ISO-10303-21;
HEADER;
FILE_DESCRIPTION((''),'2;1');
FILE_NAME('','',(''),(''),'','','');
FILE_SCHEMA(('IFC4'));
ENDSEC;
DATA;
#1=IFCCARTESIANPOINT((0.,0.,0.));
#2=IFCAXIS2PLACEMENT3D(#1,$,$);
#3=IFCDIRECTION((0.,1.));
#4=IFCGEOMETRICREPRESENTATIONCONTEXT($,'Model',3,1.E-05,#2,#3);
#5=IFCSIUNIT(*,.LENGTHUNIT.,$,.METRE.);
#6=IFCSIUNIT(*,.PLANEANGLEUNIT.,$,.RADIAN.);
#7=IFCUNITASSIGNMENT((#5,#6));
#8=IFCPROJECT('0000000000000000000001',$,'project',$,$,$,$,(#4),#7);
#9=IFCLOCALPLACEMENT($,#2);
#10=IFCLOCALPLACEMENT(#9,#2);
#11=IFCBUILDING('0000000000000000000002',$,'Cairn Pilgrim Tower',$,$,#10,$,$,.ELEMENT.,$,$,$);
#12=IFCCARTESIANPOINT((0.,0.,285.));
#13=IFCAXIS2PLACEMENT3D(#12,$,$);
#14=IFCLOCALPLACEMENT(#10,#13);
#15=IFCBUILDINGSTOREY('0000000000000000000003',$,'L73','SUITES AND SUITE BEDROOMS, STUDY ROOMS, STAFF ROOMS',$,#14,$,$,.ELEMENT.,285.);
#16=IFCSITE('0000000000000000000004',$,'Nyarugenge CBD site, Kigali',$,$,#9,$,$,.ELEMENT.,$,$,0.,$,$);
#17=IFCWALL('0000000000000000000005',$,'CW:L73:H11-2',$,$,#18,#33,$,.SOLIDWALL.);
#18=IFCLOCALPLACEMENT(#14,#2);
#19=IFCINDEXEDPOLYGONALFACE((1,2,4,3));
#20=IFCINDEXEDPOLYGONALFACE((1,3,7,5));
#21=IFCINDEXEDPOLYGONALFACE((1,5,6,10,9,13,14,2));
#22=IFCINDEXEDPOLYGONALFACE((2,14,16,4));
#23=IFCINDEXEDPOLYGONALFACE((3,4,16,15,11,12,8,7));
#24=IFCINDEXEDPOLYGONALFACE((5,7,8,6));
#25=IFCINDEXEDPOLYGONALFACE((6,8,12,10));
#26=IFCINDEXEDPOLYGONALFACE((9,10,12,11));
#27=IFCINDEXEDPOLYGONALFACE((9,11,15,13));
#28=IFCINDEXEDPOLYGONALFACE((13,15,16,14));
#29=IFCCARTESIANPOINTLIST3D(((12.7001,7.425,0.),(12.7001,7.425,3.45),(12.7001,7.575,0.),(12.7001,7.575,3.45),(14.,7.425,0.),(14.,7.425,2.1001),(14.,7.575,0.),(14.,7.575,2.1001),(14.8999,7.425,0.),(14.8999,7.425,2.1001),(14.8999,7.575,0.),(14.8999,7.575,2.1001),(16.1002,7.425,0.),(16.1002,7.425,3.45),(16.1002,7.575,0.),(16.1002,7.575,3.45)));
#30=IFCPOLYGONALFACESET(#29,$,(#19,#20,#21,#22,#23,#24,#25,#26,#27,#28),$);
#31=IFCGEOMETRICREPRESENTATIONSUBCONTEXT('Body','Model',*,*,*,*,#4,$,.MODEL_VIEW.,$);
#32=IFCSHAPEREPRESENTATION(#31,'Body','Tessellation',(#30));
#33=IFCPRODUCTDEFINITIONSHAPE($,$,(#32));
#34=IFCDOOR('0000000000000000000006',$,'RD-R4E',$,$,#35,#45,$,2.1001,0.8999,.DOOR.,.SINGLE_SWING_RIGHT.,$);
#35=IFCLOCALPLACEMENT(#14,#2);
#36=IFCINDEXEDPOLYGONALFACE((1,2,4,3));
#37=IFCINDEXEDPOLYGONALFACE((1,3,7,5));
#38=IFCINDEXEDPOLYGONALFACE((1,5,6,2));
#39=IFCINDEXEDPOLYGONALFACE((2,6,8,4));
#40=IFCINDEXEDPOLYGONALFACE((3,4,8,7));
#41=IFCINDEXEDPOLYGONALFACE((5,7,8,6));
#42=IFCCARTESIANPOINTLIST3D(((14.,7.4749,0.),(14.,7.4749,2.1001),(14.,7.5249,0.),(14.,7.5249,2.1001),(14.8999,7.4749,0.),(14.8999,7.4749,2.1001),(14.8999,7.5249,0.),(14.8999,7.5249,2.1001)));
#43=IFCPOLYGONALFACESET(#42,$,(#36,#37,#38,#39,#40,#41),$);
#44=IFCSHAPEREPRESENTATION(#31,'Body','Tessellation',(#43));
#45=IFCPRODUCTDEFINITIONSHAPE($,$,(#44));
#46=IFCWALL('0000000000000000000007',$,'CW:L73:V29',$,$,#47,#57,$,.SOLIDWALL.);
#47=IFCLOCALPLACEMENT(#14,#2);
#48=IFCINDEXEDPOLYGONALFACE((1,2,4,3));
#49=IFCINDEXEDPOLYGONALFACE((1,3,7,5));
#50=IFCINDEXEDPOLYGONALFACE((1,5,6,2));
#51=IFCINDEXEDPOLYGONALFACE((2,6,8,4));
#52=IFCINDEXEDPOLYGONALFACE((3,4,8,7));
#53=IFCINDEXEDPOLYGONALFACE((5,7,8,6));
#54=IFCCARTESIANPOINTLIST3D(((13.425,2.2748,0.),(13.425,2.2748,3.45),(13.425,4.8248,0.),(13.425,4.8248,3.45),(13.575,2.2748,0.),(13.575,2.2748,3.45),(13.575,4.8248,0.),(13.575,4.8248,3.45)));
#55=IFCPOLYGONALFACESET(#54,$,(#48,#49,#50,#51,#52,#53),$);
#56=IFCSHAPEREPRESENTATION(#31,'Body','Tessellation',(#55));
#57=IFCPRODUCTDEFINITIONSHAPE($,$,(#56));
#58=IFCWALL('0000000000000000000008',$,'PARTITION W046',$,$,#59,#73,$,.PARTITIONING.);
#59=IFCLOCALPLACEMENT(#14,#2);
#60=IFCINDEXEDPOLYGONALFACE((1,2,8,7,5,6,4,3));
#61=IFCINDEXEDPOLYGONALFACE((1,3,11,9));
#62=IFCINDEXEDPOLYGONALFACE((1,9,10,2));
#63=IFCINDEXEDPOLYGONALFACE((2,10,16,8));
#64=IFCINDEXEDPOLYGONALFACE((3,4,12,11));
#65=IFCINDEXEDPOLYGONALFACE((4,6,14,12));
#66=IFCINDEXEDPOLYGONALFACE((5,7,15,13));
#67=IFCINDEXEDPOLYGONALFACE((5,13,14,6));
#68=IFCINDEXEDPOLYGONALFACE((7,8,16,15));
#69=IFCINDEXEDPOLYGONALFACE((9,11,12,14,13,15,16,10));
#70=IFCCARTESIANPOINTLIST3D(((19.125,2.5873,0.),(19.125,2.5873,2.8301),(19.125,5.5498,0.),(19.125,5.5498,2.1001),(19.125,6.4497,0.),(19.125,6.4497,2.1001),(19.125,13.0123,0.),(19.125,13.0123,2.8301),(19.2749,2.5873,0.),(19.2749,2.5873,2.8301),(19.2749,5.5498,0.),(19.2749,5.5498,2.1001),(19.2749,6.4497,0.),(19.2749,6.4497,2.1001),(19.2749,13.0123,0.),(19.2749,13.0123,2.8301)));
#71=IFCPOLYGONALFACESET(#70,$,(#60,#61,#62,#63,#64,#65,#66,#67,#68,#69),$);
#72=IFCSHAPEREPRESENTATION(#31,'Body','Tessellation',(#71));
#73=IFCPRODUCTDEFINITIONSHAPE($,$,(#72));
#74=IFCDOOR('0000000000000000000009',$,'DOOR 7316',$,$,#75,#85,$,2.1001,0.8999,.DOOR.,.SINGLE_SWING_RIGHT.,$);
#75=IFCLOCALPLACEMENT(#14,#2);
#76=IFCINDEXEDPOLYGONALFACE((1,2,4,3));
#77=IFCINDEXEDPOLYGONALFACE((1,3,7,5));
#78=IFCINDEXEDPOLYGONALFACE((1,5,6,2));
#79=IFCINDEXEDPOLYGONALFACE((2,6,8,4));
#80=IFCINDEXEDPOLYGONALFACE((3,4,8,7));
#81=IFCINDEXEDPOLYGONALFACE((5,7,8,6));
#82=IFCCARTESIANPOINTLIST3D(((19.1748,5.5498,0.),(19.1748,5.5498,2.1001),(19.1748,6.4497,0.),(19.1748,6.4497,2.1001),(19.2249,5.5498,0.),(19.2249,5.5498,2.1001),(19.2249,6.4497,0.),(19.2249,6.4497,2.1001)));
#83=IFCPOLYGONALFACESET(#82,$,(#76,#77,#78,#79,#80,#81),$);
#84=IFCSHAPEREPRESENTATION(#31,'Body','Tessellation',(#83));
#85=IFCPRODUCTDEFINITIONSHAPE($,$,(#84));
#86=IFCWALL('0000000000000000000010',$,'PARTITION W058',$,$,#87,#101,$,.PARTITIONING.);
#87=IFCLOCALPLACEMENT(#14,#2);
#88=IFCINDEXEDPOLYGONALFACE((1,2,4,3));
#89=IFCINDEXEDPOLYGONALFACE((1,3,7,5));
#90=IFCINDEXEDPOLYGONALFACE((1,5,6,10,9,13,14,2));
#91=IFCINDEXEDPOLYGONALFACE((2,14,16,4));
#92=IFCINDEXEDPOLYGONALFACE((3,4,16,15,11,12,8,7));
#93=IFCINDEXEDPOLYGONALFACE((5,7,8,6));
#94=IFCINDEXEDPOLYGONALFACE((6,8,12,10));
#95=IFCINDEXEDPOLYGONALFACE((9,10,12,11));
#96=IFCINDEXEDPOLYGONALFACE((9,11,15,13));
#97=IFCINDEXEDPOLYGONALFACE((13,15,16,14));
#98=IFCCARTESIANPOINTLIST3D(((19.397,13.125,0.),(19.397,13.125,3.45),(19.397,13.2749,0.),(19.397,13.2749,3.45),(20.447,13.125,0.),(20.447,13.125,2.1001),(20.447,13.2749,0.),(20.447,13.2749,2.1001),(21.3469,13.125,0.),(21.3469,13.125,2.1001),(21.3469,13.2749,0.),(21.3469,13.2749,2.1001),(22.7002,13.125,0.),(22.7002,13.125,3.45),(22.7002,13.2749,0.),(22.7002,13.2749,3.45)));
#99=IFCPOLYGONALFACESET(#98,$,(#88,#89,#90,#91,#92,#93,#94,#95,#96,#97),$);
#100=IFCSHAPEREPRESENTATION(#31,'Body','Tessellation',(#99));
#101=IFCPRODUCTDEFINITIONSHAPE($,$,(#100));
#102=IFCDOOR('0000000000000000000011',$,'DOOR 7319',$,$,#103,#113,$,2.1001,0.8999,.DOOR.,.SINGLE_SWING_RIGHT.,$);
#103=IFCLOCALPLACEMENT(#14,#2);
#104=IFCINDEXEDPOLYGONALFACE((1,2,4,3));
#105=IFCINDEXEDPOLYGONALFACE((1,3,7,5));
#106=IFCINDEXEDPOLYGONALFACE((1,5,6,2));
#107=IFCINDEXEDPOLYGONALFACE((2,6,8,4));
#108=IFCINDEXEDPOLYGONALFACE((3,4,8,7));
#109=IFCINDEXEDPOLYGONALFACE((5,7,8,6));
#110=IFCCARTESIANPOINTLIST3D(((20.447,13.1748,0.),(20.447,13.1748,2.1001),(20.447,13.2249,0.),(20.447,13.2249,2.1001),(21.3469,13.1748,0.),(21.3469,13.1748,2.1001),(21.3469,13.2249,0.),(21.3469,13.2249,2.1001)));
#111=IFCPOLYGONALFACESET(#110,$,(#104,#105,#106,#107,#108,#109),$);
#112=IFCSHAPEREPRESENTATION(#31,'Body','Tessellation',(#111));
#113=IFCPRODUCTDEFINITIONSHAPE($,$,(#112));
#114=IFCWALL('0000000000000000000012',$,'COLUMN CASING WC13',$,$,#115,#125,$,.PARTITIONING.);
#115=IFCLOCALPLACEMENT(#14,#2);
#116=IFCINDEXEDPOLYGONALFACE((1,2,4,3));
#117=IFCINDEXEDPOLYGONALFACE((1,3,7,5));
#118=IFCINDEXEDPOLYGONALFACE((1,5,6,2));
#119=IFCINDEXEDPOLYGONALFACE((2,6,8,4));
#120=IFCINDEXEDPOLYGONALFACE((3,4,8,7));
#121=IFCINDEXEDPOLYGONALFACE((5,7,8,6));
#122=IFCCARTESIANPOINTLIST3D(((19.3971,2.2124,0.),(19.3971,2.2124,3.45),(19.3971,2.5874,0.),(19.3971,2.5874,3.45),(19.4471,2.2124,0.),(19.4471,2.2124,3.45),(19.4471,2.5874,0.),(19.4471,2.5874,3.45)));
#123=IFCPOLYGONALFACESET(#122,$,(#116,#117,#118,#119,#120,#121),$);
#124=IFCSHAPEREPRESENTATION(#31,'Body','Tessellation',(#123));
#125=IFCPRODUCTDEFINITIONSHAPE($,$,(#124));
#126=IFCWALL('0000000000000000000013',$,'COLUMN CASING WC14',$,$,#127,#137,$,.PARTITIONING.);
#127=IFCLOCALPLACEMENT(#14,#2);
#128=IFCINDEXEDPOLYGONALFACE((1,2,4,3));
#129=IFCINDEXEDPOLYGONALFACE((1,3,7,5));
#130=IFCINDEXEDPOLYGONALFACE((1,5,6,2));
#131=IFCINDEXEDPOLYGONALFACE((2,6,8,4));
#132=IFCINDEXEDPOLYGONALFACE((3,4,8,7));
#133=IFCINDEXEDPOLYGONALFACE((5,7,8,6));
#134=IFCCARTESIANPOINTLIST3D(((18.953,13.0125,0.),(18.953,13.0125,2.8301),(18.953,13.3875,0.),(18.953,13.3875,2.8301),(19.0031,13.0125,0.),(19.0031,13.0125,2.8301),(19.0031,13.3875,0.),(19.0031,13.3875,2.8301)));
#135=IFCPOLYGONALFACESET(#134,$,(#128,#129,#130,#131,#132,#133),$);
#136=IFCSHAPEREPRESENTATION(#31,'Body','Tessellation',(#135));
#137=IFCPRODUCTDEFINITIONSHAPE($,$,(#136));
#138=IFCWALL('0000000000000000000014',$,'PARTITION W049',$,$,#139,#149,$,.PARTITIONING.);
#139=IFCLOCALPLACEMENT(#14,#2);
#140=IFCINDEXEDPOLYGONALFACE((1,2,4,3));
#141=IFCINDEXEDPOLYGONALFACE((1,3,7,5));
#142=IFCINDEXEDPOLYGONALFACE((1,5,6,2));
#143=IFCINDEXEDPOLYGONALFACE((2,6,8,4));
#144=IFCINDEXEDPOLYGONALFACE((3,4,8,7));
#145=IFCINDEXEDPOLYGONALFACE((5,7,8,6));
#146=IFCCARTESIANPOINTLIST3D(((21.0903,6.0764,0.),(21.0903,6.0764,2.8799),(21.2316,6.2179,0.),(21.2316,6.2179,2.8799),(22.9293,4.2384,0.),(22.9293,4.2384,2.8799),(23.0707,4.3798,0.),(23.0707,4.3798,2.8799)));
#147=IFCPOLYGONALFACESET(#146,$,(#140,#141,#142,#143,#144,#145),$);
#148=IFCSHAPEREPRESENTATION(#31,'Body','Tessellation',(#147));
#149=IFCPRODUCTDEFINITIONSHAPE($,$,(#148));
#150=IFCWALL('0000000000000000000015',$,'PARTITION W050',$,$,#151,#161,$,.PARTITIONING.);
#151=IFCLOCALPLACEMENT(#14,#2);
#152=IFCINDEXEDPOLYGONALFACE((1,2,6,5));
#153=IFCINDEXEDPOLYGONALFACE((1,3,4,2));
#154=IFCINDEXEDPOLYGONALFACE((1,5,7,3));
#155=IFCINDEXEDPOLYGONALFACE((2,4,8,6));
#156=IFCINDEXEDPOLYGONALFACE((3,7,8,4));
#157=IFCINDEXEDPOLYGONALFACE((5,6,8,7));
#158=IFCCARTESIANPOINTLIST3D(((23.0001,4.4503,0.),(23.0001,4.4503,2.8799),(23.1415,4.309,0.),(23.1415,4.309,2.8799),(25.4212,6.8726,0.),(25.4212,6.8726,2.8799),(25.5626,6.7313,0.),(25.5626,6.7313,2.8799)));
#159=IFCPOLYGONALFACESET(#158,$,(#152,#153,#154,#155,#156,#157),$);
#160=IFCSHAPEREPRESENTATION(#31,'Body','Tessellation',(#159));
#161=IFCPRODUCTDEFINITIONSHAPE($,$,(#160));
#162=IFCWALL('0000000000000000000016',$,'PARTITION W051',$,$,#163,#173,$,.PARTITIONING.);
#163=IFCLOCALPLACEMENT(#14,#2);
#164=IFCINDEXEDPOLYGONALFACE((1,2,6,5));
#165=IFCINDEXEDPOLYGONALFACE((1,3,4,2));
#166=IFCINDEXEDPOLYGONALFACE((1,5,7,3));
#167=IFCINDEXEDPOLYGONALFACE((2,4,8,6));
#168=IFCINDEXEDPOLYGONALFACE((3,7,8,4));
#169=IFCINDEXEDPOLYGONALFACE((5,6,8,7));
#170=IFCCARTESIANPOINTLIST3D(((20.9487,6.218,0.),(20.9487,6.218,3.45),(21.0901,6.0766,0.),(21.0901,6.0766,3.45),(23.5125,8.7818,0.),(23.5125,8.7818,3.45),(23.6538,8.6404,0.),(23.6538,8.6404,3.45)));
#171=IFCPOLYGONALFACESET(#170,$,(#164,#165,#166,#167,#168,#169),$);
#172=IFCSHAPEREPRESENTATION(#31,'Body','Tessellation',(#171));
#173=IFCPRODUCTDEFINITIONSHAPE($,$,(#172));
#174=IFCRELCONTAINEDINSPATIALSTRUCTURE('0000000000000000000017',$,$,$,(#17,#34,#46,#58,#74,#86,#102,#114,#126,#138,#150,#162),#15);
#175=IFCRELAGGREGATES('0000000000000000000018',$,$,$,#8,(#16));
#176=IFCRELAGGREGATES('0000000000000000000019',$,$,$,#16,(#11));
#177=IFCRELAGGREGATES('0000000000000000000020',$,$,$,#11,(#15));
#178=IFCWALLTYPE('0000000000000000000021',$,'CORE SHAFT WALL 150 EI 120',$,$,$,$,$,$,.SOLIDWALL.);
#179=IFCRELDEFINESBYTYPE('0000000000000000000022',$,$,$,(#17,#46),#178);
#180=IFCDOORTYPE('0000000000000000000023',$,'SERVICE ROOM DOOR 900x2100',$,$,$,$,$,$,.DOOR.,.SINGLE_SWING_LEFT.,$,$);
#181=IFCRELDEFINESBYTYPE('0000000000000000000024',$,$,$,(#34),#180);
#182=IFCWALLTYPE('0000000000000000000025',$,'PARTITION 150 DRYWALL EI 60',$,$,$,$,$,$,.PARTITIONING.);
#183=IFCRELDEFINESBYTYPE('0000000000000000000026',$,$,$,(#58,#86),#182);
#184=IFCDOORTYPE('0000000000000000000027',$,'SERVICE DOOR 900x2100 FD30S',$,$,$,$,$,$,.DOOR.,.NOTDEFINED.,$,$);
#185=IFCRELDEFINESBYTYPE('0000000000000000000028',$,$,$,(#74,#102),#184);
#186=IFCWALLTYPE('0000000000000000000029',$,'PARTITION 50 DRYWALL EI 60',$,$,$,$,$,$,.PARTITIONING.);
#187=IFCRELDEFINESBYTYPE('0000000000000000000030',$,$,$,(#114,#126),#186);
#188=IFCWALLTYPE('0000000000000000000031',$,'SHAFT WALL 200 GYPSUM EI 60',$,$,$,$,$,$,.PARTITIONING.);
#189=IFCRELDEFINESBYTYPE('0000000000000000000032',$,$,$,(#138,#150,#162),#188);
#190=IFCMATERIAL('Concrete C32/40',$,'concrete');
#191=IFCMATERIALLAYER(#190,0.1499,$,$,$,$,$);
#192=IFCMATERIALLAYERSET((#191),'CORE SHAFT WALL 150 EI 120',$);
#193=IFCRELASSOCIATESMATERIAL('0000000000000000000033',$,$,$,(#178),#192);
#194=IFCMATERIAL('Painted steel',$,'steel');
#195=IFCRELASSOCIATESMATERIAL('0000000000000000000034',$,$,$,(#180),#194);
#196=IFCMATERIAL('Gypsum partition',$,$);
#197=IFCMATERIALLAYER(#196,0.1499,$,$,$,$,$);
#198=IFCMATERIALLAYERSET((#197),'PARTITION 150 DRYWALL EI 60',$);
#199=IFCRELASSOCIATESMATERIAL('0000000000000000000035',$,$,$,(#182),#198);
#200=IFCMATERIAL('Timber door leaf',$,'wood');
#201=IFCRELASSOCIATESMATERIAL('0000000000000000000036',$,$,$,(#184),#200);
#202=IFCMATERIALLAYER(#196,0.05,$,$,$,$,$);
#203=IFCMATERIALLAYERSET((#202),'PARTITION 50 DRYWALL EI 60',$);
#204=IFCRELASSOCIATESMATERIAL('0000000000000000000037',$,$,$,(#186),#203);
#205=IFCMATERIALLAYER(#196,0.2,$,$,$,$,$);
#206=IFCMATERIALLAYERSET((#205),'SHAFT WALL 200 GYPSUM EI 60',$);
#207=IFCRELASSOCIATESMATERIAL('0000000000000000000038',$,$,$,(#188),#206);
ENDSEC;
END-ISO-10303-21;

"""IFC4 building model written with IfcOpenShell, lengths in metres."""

from ifc_helpers import new_model, si_unit, direction, frame, frame_2d, origin, place, context, subcontext, project, spatial, rectangle, extrude, material, layer, layer_set, type_object, element, fill, save


model = new_model("IFC4")

# Units and contexts
model_context = context("Model", 3, precision=1e-05, world=origin(), true_north=direction((0.0, 1.0)))
body_context = subcontext(model_context, "Body", "Model", "MODEL_VIEW")
ifc_project = project(units=[si_unit("LENGTHUNIT", "METRE"), si_unit("PLANEANGLEUNIT", "RADIAN")], contexts=[model_context])

# Site, building, storey
site_placement = place(None, origin())
site = spatial("IfcSite", under=ifc_project, at=site_placement, Name="Nyarugenge CBD site, Kigali", CompositionType="ELEMENT", RefElevation=0.0)
building_placement = place(site_placement, origin())
building = spatial("IfcBuilding", under=site, at=building_placement, Name="Cairn Pilgrim Tower", CompositionType="ELEMENT")
storey_placement = place(building_placement, frame((0.0, 0.0, 285.0)))
storey = spatial("IfcBuildingStorey", under=building, at=storey_placement, Name="L73", Description="SUITES AND SUITE BEDROOMS, STUDY ROOMS, STAFF ROOMS", CompositionType="ELEMENT", Elevation=285.0)

# Shared definitions
ifc_material_1 = material(Name="Concrete C32/40", Category="concrete")

# Wall, opening, door
ifc_layer_1 = layer(ifc_material_1, 0.1499)
ifc_layer_set_1 = layer_set([ifc_layer_1], Name="CORE SHAFT WALL 150 EI 120")
wall_type_1 = type_object("IfcWallType", Name="CORE SHAFT WALL 150 EI 120", PredefinedType="SOLIDWALL", material=ifc_layer_set_1)
wall_1_placement = place(storey_placement, frame((12.7, 7.5, 0.0), z_axis=(0.0, 0.0, 1.0), x_axis=(1.0, 0.0, 0.0)))
wall_1 = element("IfcWall", 1, at=wall_1_placement, inside=storey, type_object=wall_type_1, Name="CW:L73:H11-2", PredefinedType="SOLIDWALL", context=body_context, shape_type="SweptSolid", body=[
    extrude(rectangle(XDim=3.4001, YDim=0.1499, at=frame_2d((1.7002, 0.0))), origin(), (0.0, 0.0, 1.0), 3.45),
])
opening_1_placement = place(wall_1_placement, frame((1.3, 0.0, 0.0)))
opening_1 = element("IfcOpeningElement", 2, at=opening_1_placement, cuts=wall_1, PredefinedType="OPENING", context=body_context, shape_type="SweptSolid", body=[
    extrude(rectangle(XDim=0.8999, YDim=2.1001, at=frame_2d((0.45, 1.05))), frame((0.0, 0.085, 0.0), z_axis=(0.0, -1.0, 0.0), x_axis=(1.0, 0.0, 0.0)), (0.0, 0.0, 1.0), 0.1699),
])
ifc_material_2 = material(Name="Painted steel", Category="steel")
door_type_1 = type_object("IfcDoorType", Name="SERVICE ROOM DOOR 900x2100", OperationType="SINGLE_SWING_LEFT", PredefinedType="DOOR", material=ifc_material_2)
door_1_placement = place(opening_1_placement, origin())
door_1 = element("IfcDoor", 3, at=door_1_placement, inside=storey, type_object=door_type_1, Name="RD-R4E", OperationType="SINGLE_SWING_RIGHT", OverallHeight=2.1001, OverallWidth=0.8999, PredefinedType="DOOR", context=body_context, shape_type="SweptSolid", body=[
    extrude(rectangle(XDim=0.8999, YDim=2.1001, at=frame_2d((0.45, 1.05))), frame((0.0, 0.0249, 0.0), z_axis=(0.0, -1.0, 0.0), x_axis=(1.0, 0.0, 0.0)), (0.0, 0.0, 1.0), 0.05),
])
fill(opening_1, door_1)

# Wall
wall_2_placement = place(storey_placement, frame((13.5, 2.2749, 0.0), z_axis=(0.0, 0.0, 1.0), x_axis=(0.0, 1.0, 0.0)))
element("IfcWall", 4, at=wall_2_placement, inside=storey, type_object=wall_type_1, Name="CW:L73:V29", PredefinedType="SOLIDWALL", context=body_context, shape_type="SweptSolid", body=[
    extrude(rectangle(XDim=2.55, YDim=0.1499, at=frame_2d((1.2749, 0.0))), origin(), (0.0, 0.0, 1.0), 3.45),
])

# Walls, openings, doors
ifc_material_3 = material(Name="Gypsum partition")
ifc_layer_2 = layer(ifc_material_3, 0.1499)
ifc_layer_set_2 = layer_set([ifc_layer_2], Name="PARTITION 150 DRYWALL EI 60")
wall_type_2 = type_object("IfcWallType", Name="PARTITION 150 DRYWALL EI 60", PredefinedType="PARTITIONING", material=ifc_layer_set_2)
wall_3_placement = place(storey_placement, frame((19.2, 2.5874, 0.0), z_axis=(0.0, 0.0, 1.0), x_axis=(0.0, 1.0, 0.0)))
wall_3 = element("IfcWall", 5, at=wall_3_placement, inside=storey, type_object=wall_type_2, Name="PARTITION W046", PredefinedType="PARTITIONING", context=body_context, shape_type="SweptSolid", body=[
    extrude(rectangle(XDim=10.425, YDim=0.1499, at=frame_2d((5.2124, 0.0))), origin(), (0.0, 0.0, 1.0), 2.8301),
])
opening_2_placement = place(wall_3_placement, frame((2.9624, 0.0, 0.0)))
opening_2 = element("IfcOpeningElement", 6, at=opening_2_placement, cuts=wall_3, PredefinedType="OPENING", context=body_context, shape_type="SweptSolid", body=[
    extrude(rectangle(XDim=0.8999, YDim=2.1001, at=frame_2d((0.45, 1.05))), frame((0.0, 0.085, 0.0), z_axis=(0.0, -1.0, 0.0), x_axis=(1.0, 0.0, 0.0)), (0.0, 0.0, 1.0), 0.1699),
])
ifc_material_4 = material(Name="Timber door leaf", Category="wood")
door_type_2 = type_object("IfcDoorType", Name="SERVICE DOOR 900x2100 FD30S", OperationType="NOTDEFINED", PredefinedType="DOOR", material=ifc_material_4)
door_2_placement = place(opening_2_placement, frame((0.8999, 0.0, 0.0), z_axis=(0.0, 0.0, 1.0), x_axis=(-1.0, 0.0, 0.0)))
door_2 = element("IfcDoor", 7, at=door_2_placement, inside=storey, type_object=door_type_2, Name="DOOR 7316", OperationType="SINGLE_SWING_RIGHT", OverallHeight=2.1001, OverallWidth=0.8999, PredefinedType="DOOR", context=body_context, shape_type="SweptSolid", body=[
    extrude(rectangle(XDim=0.8999, YDim=2.1001, at=frame_2d((0.45, 1.05))), frame((0.0, 0.0249, 0.0), z_axis=(0.0, -1.0, 0.0), x_axis=(1.0, 0.0, 0.0)), (0.0, 0.0, 1.0), 0.05),
])
fill(opening_2, door_2)
wall_4_placement = place(storey_placement, frame((19.397, 13.2, 0.0), z_axis=(0.0, 0.0, 1.0), x_axis=(1.0, 0.0, 0.0)))
wall_4 = element("IfcWall", 8, at=wall_4_placement, inside=storey, type_object=wall_type_2, Name="PARTITION W058", PredefinedType="PARTITIONING", context=body_context, shape_type="SweptSolid", body=[
    extrude(rectangle(XDim=3.3032, YDim=0.1499, at=frame_2d((1.6516, 0.0))), origin(), (0.0, 0.0, 1.0), 3.45),
])
opening_3_placement = place(wall_4_placement, frame((1.05, 0.0, 0.0)))
opening_3 = element("IfcOpeningElement", 9, at=opening_3_placement, cuts=wall_4, PredefinedType="OPENING", context=body_context, shape_type="SweptSolid", body=[
    extrude(rectangle(XDim=0.8999, YDim=2.1001, at=frame_2d((0.45, 1.05))), frame((0.0, 0.085, 0.0), z_axis=(0.0, -1.0, 0.0), x_axis=(1.0, 0.0, 0.0)), (0.0, 0.0, 1.0), 0.1699),
])
door_3_placement = place(opening_3_placement, origin())
door_3 = element("IfcDoor", 10, at=door_3_placement, inside=storey, type_object=door_type_2, Name="DOOR 7319", OperationType="SINGLE_SWING_RIGHT", OverallHeight=2.1001, OverallWidth=0.8999, PredefinedType="DOOR", context=body_context, shape_type="SweptSolid", body=[
    extrude(rectangle(XDim=0.8999, YDim=2.1001, at=frame_2d((0.45, 1.05))), frame((0.0, 0.0249, 0.0), z_axis=(0.0, -1.0, 0.0), x_axis=(1.0, 0.0, 0.0)), (0.0, 0.0, 1.0), 0.05),
])
fill(opening_3, door_3)

# Walls
ifc_layer_3 = layer(ifc_material_3, 0.05)
ifc_layer_set_3 = layer_set([ifc_layer_3], Name="PARTITION 50 DRYWALL EI 60")
wall_type_3 = type_object("IfcWallType", Name="PARTITION 50 DRYWALL EI 60", PredefinedType="PARTITIONING", material=ifc_layer_set_3)
wall_5_placement = place(storey_placement, frame((19.4221, 2.2124, 0.0), z_axis=(0.0, 0.0, 1.0), x_axis=(0.0, 1.0, 0.0)))
element("IfcWall", 11, at=wall_5_placement, inside=storey, type_object=wall_type_3, Name="COLUMN CASING WC13", PredefinedType="PARTITIONING", context=body_context, shape_type="SweptSolid", body=[
    extrude(rectangle(XDim=0.375, YDim=0.05, at=frame_2d((0.1875, 0.0))), origin(), (0.0, 0.0, 1.0), 3.45),
])
wall_6_placement = place(storey_placement, frame((18.978, 13.0125, 0.0), z_axis=(0.0, 0.0, 1.0), x_axis=(0.0, 1.0, 0.0)))
element("IfcWall", 12, at=wall_6_placement, inside=storey, type_object=wall_type_3, Name="COLUMN CASING WC14", PredefinedType="PARTITIONING", context=body_context, shape_type="SweptSolid", body=[
    extrude(rectangle(XDim=0.375, YDim=0.05, at=frame_2d((0.1875, 0.0))), origin(), (0.0, 0.0, 1.0), 2.8301),
])
ifc_layer_4 = layer(ifc_material_3, 0.2)
ifc_layer_set_4 = layer_set([ifc_layer_4], Name="SHAFT WALL 200 GYPSUM EI 60")
wall_type_4 = type_object("IfcWallType", Name="SHAFT WALL 200 GYPSUM EI 60", PredefinedType="PARTITIONING", material=ifc_layer_set_4)
wall_7_placement = place(storey_placement, frame((23.0, 4.3091, 0.0), z_axis=(0.0, 0.0, 1.0), x_axis=(-0.707295, 0.706919, 0.0)))
element("IfcWall", 13, at=wall_7_placement, inside=storey, type_object=wall_type_4, Name="PARTITION W049", PredefinedType="PARTITIONING", context=body_context, shape_type="SweptSolid", body=[
    extrude(rectangle(XDim=2.6001, YDim=0.2, at=frame_2d((1.3, 0.0))), origin(), (0.0, 0.0, 1.0), 2.8799),
])
wall_8_placement = place(storey_placement, frame((23.0708, 4.3796, 0.0), z_axis=(0.0, 0.0, 1.0), x_axis=(0.706929, 0.707285, 0.0)))
element("IfcWall", 14, at=wall_8_placement, inside=storey, type_object=wall_type_4, Name="PARTITION W050", PredefinedType="PARTITIONING", context=body_context, shape_type="SweptSolid", body=[
    extrude(rectangle(XDim=3.4248, YDim=0.2, at=frame_2d((1.7124, 0.0))), origin(), (0.0, 0.0, 1.0), 2.8799),
])
wall_9_placement = place(storey_placement, frame((21.0193, 6.1472, 0.0), z_axis=(0.0, 0.0, 1.0), x_axis=(0.707107, 0.707107, 0.0)))
element("IfcWall", 15, at=wall_9_placement, inside=storey, type_object=wall_type_4, Name="PARTITION W051", PredefinedType="PARTITIONING", context=body_context, shape_type="SweptSolid", body=[
    extrude(rectangle(XDim=3.6257, YDim=0.2, at=frame_2d((1.813, 0.0))), origin(), (0.0, 0.0, 1.0), 3.45),
])

save(model, "model.ifc")
